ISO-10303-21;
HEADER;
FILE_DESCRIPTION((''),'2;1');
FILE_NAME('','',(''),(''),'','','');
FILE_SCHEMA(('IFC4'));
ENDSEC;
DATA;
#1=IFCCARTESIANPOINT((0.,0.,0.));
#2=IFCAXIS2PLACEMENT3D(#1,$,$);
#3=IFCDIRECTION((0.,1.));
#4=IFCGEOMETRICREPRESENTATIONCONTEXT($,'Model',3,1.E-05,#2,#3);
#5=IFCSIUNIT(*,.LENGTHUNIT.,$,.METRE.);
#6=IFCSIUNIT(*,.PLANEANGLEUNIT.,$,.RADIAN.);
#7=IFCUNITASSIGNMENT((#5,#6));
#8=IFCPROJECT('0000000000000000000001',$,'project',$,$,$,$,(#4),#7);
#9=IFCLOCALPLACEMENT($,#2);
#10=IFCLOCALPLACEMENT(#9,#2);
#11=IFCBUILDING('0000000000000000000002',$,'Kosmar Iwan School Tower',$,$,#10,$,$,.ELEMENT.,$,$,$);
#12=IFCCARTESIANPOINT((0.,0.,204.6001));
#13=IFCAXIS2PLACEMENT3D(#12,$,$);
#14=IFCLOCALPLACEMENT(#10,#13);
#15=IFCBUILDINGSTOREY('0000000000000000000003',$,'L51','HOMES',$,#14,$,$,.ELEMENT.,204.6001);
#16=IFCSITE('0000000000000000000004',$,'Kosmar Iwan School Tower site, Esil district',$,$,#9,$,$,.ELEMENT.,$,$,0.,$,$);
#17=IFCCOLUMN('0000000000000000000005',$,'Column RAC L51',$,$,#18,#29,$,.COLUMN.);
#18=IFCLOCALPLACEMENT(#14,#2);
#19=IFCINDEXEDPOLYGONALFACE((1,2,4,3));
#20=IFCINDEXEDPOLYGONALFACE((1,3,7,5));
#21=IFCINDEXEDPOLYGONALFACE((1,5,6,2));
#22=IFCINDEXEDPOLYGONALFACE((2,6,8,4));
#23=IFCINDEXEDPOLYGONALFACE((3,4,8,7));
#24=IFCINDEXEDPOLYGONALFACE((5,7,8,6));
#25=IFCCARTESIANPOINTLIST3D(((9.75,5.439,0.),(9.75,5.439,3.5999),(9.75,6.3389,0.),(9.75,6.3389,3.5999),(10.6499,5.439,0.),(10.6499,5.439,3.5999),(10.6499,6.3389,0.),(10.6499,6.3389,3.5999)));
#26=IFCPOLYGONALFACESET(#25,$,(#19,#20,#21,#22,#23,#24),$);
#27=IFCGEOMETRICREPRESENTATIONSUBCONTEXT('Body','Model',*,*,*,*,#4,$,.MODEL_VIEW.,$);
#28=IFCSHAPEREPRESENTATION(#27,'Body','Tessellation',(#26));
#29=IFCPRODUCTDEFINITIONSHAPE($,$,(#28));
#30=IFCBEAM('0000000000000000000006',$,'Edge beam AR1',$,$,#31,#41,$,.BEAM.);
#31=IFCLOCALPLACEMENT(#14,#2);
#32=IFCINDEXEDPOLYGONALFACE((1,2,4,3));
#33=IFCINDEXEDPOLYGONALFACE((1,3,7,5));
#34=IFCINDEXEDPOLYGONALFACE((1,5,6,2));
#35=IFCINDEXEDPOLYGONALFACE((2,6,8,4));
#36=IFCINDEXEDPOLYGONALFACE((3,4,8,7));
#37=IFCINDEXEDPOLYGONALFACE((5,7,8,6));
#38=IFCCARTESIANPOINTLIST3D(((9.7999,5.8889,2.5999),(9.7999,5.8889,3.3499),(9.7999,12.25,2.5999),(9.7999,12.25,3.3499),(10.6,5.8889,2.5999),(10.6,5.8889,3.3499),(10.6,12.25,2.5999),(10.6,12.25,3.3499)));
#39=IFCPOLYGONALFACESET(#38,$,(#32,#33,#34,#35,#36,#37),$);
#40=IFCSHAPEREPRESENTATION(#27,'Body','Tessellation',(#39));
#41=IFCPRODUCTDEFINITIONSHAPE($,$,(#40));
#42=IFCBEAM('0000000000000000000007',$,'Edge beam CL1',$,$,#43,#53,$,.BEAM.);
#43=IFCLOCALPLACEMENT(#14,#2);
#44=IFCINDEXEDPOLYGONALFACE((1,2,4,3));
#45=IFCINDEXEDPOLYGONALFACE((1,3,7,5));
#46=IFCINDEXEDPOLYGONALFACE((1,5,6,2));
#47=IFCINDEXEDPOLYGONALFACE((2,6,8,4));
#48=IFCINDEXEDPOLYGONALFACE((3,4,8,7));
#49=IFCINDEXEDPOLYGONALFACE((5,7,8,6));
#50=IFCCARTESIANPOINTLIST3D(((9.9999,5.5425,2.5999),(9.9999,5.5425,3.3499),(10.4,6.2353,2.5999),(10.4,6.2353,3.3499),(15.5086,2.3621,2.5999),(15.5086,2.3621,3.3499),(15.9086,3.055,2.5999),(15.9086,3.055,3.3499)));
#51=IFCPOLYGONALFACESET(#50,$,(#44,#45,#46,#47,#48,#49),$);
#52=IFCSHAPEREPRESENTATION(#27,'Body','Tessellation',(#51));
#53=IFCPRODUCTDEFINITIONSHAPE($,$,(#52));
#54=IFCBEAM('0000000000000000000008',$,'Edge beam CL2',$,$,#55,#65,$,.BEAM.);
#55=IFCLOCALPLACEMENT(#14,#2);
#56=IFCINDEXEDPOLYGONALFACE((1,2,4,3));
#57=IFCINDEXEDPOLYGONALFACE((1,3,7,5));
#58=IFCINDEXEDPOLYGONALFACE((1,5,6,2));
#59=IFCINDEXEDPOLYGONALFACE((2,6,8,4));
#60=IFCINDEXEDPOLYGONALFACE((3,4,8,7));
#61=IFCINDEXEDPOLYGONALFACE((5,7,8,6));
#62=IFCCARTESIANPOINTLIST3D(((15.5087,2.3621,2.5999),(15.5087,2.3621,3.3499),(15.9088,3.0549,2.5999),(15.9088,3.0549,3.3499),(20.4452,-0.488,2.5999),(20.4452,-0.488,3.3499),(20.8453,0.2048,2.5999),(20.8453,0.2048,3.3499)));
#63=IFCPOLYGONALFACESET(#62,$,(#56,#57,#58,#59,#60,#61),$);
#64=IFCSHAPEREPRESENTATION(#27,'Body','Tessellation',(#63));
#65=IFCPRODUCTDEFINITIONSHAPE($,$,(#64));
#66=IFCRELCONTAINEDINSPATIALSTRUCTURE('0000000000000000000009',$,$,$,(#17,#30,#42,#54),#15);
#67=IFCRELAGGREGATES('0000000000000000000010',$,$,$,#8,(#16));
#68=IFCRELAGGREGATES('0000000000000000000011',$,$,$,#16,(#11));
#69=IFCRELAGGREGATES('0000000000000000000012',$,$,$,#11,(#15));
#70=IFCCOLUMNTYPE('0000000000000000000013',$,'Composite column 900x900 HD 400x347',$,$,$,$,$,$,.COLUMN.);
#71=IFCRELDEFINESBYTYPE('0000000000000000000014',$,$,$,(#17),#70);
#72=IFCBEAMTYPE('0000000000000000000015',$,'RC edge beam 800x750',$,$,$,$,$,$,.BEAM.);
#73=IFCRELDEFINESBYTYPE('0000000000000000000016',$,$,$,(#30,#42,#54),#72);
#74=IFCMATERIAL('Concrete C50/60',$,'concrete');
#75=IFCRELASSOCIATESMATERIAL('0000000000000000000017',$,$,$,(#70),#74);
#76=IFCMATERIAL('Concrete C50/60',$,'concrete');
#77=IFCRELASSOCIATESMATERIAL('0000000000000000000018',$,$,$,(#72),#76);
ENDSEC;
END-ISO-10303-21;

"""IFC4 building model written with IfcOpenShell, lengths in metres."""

from ifc_helpers import new_model, si_unit, direction, frame, origin, origin_2d, place, context, subcontext, project, spatial, rectangle, extrude, material, material_profile, profile_set, type_object, element, save


model = new_model("IFC4")

# Units and contexts
model_context = context("Model", 3, precision=1e-05, world=origin(), true_north=direction((0.0, 1.0)))
body_context = subcontext(model_context, "Body", "Model", "MODEL_VIEW")
ifc_project = project(units=[si_unit("LENGTHUNIT", "METRE"), si_unit("PLANEANGLEUNIT", "RADIAN")], contexts=[model_context])

# Site, building, storey
site_placement = place(None, origin())
site = spatial("IfcSite", under=ifc_project, at=site_placement, Name="Kosmar Iwan School Tower site, Esil district", CompositionType="ELEMENT", RefElevation=0.0)
building_placement = place(site_placement, origin())
building = spatial("IfcBuilding", under=site, at=building_placement, Name="Kosmar Iwan School Tower", CompositionType="ELEMENT")
storey_placement = place(building_placement, frame((0.0, 0.0, 204.6001)))
storey = spatial("IfcBuildingStorey", under=building, at=storey_placement, Name="L51", Description="HOMES", CompositionType="ELEMENT", Elevation=204.6001)

# Column
ifc_material_1 = material(Name="Concrete C50/60", Category="concrete")
ifc_material_profile_1 = material_profile(ifc_material_1, rectangle(XDim=0.8999, YDim=0.8999, at=origin_2d()), Name="RC 900x900 + HD 400x347")
ifc_profile_set_1 = profile_set([ifc_material_profile_1], Name="Concrete C50/60")
column_type = type_object("IfcColumnType", Name="Composite column 900x900 HD 400x347", PredefinedType="COLUMN", material=ifc_profile_set_1)
column_placement = place(storey_placement, frame((10.2, 5.8889, 0.0), z_axis=(0.0, 0.0, 1.0), x_axis=(1.0, 0.0, 0.0)))
element("IfcColumn", 1, at=column_placement, inside=storey, type_object=column_type, Name="Column RAC L51", PredefinedType="COLUMN", context=body_context, shape_type="SweptSolid", body=[
    extrude(rectangle(XDim=0.8999, YDim=0.8999, at=origin_2d()), origin(), (0.0, 0.0, 1.0), 3.5999),
])

# Beams
ifc_material_2 = material(Name="Concrete C50/60", Category="concrete")
ifc_material_profile_2 = material_profile(ifc_material_2, rectangle(XDim=0.8, YDim=0.75, at=origin_2d()), Name="RC 800x750")
ifc_profile_set_2 = profile_set([ifc_material_profile_2], Name="Concrete C50/60")
beam_type = type_object("IfcBeamType", Name="RC edge beam 800x750", PredefinedType="BEAM", material=ifc_profile_set_2)
beam_1_placement = place(storey_placement, frame((10.2, 5.8889, 2.9749), z_axis=(0.0, 1.0, 0.0), x_axis=(-1.0, 0.0, 0.0)))
element("IfcBeam", 2, at=beam_1_placement, inside=storey, type_object=beam_type, Name="Edge beam AR1", PredefinedType="BEAM", context=body_context, shape_type="SweptSolid", body=[
    extrude(rectangle(XDim=0.8, YDim=0.75, at=origin_2d()), origin(), (0.0, 0.0, 1.0), 6.3611),
])
beam_2_placement = place(storey_placement, frame((10.2, 5.8889, 2.9749), z_axis=(0.866031, -0.49999, 0.0), x_axis=(0.49999, 0.866031, 0.0)))
element("IfcBeam", 3, at=beam_2_placement, inside=storey, type_object=beam_type, Name="Edge beam CL1", PredefinedType="BEAM", context=body_context, shape_type="SweptSolid", body=[
    extrude(rectangle(XDim=0.8, YDim=0.75, at=origin_2d()), origin(), (0.0, 0.0, 1.0), 6.3608),
])
beam_3_placement = place(storey_placement, frame((15.7087, 2.7085, 2.9749), z_axis=(0.866026, -0.499999, 0.0), x_axis=(0.499999, 0.866026, 0.0)))
element("IfcBeam", 4, at=beam_3_placement, inside=storey, type_object=beam_type, Name="Edge beam CL2", PredefinedType="BEAM", context=body_context, shape_type="SweptSolid", body=[
    extrude(rectangle(XDim=0.8, YDim=0.75, at=origin_2d()), origin(), (0.0, 0.0, 1.0), 5.7002),
])

save(model, "model.ifc")
